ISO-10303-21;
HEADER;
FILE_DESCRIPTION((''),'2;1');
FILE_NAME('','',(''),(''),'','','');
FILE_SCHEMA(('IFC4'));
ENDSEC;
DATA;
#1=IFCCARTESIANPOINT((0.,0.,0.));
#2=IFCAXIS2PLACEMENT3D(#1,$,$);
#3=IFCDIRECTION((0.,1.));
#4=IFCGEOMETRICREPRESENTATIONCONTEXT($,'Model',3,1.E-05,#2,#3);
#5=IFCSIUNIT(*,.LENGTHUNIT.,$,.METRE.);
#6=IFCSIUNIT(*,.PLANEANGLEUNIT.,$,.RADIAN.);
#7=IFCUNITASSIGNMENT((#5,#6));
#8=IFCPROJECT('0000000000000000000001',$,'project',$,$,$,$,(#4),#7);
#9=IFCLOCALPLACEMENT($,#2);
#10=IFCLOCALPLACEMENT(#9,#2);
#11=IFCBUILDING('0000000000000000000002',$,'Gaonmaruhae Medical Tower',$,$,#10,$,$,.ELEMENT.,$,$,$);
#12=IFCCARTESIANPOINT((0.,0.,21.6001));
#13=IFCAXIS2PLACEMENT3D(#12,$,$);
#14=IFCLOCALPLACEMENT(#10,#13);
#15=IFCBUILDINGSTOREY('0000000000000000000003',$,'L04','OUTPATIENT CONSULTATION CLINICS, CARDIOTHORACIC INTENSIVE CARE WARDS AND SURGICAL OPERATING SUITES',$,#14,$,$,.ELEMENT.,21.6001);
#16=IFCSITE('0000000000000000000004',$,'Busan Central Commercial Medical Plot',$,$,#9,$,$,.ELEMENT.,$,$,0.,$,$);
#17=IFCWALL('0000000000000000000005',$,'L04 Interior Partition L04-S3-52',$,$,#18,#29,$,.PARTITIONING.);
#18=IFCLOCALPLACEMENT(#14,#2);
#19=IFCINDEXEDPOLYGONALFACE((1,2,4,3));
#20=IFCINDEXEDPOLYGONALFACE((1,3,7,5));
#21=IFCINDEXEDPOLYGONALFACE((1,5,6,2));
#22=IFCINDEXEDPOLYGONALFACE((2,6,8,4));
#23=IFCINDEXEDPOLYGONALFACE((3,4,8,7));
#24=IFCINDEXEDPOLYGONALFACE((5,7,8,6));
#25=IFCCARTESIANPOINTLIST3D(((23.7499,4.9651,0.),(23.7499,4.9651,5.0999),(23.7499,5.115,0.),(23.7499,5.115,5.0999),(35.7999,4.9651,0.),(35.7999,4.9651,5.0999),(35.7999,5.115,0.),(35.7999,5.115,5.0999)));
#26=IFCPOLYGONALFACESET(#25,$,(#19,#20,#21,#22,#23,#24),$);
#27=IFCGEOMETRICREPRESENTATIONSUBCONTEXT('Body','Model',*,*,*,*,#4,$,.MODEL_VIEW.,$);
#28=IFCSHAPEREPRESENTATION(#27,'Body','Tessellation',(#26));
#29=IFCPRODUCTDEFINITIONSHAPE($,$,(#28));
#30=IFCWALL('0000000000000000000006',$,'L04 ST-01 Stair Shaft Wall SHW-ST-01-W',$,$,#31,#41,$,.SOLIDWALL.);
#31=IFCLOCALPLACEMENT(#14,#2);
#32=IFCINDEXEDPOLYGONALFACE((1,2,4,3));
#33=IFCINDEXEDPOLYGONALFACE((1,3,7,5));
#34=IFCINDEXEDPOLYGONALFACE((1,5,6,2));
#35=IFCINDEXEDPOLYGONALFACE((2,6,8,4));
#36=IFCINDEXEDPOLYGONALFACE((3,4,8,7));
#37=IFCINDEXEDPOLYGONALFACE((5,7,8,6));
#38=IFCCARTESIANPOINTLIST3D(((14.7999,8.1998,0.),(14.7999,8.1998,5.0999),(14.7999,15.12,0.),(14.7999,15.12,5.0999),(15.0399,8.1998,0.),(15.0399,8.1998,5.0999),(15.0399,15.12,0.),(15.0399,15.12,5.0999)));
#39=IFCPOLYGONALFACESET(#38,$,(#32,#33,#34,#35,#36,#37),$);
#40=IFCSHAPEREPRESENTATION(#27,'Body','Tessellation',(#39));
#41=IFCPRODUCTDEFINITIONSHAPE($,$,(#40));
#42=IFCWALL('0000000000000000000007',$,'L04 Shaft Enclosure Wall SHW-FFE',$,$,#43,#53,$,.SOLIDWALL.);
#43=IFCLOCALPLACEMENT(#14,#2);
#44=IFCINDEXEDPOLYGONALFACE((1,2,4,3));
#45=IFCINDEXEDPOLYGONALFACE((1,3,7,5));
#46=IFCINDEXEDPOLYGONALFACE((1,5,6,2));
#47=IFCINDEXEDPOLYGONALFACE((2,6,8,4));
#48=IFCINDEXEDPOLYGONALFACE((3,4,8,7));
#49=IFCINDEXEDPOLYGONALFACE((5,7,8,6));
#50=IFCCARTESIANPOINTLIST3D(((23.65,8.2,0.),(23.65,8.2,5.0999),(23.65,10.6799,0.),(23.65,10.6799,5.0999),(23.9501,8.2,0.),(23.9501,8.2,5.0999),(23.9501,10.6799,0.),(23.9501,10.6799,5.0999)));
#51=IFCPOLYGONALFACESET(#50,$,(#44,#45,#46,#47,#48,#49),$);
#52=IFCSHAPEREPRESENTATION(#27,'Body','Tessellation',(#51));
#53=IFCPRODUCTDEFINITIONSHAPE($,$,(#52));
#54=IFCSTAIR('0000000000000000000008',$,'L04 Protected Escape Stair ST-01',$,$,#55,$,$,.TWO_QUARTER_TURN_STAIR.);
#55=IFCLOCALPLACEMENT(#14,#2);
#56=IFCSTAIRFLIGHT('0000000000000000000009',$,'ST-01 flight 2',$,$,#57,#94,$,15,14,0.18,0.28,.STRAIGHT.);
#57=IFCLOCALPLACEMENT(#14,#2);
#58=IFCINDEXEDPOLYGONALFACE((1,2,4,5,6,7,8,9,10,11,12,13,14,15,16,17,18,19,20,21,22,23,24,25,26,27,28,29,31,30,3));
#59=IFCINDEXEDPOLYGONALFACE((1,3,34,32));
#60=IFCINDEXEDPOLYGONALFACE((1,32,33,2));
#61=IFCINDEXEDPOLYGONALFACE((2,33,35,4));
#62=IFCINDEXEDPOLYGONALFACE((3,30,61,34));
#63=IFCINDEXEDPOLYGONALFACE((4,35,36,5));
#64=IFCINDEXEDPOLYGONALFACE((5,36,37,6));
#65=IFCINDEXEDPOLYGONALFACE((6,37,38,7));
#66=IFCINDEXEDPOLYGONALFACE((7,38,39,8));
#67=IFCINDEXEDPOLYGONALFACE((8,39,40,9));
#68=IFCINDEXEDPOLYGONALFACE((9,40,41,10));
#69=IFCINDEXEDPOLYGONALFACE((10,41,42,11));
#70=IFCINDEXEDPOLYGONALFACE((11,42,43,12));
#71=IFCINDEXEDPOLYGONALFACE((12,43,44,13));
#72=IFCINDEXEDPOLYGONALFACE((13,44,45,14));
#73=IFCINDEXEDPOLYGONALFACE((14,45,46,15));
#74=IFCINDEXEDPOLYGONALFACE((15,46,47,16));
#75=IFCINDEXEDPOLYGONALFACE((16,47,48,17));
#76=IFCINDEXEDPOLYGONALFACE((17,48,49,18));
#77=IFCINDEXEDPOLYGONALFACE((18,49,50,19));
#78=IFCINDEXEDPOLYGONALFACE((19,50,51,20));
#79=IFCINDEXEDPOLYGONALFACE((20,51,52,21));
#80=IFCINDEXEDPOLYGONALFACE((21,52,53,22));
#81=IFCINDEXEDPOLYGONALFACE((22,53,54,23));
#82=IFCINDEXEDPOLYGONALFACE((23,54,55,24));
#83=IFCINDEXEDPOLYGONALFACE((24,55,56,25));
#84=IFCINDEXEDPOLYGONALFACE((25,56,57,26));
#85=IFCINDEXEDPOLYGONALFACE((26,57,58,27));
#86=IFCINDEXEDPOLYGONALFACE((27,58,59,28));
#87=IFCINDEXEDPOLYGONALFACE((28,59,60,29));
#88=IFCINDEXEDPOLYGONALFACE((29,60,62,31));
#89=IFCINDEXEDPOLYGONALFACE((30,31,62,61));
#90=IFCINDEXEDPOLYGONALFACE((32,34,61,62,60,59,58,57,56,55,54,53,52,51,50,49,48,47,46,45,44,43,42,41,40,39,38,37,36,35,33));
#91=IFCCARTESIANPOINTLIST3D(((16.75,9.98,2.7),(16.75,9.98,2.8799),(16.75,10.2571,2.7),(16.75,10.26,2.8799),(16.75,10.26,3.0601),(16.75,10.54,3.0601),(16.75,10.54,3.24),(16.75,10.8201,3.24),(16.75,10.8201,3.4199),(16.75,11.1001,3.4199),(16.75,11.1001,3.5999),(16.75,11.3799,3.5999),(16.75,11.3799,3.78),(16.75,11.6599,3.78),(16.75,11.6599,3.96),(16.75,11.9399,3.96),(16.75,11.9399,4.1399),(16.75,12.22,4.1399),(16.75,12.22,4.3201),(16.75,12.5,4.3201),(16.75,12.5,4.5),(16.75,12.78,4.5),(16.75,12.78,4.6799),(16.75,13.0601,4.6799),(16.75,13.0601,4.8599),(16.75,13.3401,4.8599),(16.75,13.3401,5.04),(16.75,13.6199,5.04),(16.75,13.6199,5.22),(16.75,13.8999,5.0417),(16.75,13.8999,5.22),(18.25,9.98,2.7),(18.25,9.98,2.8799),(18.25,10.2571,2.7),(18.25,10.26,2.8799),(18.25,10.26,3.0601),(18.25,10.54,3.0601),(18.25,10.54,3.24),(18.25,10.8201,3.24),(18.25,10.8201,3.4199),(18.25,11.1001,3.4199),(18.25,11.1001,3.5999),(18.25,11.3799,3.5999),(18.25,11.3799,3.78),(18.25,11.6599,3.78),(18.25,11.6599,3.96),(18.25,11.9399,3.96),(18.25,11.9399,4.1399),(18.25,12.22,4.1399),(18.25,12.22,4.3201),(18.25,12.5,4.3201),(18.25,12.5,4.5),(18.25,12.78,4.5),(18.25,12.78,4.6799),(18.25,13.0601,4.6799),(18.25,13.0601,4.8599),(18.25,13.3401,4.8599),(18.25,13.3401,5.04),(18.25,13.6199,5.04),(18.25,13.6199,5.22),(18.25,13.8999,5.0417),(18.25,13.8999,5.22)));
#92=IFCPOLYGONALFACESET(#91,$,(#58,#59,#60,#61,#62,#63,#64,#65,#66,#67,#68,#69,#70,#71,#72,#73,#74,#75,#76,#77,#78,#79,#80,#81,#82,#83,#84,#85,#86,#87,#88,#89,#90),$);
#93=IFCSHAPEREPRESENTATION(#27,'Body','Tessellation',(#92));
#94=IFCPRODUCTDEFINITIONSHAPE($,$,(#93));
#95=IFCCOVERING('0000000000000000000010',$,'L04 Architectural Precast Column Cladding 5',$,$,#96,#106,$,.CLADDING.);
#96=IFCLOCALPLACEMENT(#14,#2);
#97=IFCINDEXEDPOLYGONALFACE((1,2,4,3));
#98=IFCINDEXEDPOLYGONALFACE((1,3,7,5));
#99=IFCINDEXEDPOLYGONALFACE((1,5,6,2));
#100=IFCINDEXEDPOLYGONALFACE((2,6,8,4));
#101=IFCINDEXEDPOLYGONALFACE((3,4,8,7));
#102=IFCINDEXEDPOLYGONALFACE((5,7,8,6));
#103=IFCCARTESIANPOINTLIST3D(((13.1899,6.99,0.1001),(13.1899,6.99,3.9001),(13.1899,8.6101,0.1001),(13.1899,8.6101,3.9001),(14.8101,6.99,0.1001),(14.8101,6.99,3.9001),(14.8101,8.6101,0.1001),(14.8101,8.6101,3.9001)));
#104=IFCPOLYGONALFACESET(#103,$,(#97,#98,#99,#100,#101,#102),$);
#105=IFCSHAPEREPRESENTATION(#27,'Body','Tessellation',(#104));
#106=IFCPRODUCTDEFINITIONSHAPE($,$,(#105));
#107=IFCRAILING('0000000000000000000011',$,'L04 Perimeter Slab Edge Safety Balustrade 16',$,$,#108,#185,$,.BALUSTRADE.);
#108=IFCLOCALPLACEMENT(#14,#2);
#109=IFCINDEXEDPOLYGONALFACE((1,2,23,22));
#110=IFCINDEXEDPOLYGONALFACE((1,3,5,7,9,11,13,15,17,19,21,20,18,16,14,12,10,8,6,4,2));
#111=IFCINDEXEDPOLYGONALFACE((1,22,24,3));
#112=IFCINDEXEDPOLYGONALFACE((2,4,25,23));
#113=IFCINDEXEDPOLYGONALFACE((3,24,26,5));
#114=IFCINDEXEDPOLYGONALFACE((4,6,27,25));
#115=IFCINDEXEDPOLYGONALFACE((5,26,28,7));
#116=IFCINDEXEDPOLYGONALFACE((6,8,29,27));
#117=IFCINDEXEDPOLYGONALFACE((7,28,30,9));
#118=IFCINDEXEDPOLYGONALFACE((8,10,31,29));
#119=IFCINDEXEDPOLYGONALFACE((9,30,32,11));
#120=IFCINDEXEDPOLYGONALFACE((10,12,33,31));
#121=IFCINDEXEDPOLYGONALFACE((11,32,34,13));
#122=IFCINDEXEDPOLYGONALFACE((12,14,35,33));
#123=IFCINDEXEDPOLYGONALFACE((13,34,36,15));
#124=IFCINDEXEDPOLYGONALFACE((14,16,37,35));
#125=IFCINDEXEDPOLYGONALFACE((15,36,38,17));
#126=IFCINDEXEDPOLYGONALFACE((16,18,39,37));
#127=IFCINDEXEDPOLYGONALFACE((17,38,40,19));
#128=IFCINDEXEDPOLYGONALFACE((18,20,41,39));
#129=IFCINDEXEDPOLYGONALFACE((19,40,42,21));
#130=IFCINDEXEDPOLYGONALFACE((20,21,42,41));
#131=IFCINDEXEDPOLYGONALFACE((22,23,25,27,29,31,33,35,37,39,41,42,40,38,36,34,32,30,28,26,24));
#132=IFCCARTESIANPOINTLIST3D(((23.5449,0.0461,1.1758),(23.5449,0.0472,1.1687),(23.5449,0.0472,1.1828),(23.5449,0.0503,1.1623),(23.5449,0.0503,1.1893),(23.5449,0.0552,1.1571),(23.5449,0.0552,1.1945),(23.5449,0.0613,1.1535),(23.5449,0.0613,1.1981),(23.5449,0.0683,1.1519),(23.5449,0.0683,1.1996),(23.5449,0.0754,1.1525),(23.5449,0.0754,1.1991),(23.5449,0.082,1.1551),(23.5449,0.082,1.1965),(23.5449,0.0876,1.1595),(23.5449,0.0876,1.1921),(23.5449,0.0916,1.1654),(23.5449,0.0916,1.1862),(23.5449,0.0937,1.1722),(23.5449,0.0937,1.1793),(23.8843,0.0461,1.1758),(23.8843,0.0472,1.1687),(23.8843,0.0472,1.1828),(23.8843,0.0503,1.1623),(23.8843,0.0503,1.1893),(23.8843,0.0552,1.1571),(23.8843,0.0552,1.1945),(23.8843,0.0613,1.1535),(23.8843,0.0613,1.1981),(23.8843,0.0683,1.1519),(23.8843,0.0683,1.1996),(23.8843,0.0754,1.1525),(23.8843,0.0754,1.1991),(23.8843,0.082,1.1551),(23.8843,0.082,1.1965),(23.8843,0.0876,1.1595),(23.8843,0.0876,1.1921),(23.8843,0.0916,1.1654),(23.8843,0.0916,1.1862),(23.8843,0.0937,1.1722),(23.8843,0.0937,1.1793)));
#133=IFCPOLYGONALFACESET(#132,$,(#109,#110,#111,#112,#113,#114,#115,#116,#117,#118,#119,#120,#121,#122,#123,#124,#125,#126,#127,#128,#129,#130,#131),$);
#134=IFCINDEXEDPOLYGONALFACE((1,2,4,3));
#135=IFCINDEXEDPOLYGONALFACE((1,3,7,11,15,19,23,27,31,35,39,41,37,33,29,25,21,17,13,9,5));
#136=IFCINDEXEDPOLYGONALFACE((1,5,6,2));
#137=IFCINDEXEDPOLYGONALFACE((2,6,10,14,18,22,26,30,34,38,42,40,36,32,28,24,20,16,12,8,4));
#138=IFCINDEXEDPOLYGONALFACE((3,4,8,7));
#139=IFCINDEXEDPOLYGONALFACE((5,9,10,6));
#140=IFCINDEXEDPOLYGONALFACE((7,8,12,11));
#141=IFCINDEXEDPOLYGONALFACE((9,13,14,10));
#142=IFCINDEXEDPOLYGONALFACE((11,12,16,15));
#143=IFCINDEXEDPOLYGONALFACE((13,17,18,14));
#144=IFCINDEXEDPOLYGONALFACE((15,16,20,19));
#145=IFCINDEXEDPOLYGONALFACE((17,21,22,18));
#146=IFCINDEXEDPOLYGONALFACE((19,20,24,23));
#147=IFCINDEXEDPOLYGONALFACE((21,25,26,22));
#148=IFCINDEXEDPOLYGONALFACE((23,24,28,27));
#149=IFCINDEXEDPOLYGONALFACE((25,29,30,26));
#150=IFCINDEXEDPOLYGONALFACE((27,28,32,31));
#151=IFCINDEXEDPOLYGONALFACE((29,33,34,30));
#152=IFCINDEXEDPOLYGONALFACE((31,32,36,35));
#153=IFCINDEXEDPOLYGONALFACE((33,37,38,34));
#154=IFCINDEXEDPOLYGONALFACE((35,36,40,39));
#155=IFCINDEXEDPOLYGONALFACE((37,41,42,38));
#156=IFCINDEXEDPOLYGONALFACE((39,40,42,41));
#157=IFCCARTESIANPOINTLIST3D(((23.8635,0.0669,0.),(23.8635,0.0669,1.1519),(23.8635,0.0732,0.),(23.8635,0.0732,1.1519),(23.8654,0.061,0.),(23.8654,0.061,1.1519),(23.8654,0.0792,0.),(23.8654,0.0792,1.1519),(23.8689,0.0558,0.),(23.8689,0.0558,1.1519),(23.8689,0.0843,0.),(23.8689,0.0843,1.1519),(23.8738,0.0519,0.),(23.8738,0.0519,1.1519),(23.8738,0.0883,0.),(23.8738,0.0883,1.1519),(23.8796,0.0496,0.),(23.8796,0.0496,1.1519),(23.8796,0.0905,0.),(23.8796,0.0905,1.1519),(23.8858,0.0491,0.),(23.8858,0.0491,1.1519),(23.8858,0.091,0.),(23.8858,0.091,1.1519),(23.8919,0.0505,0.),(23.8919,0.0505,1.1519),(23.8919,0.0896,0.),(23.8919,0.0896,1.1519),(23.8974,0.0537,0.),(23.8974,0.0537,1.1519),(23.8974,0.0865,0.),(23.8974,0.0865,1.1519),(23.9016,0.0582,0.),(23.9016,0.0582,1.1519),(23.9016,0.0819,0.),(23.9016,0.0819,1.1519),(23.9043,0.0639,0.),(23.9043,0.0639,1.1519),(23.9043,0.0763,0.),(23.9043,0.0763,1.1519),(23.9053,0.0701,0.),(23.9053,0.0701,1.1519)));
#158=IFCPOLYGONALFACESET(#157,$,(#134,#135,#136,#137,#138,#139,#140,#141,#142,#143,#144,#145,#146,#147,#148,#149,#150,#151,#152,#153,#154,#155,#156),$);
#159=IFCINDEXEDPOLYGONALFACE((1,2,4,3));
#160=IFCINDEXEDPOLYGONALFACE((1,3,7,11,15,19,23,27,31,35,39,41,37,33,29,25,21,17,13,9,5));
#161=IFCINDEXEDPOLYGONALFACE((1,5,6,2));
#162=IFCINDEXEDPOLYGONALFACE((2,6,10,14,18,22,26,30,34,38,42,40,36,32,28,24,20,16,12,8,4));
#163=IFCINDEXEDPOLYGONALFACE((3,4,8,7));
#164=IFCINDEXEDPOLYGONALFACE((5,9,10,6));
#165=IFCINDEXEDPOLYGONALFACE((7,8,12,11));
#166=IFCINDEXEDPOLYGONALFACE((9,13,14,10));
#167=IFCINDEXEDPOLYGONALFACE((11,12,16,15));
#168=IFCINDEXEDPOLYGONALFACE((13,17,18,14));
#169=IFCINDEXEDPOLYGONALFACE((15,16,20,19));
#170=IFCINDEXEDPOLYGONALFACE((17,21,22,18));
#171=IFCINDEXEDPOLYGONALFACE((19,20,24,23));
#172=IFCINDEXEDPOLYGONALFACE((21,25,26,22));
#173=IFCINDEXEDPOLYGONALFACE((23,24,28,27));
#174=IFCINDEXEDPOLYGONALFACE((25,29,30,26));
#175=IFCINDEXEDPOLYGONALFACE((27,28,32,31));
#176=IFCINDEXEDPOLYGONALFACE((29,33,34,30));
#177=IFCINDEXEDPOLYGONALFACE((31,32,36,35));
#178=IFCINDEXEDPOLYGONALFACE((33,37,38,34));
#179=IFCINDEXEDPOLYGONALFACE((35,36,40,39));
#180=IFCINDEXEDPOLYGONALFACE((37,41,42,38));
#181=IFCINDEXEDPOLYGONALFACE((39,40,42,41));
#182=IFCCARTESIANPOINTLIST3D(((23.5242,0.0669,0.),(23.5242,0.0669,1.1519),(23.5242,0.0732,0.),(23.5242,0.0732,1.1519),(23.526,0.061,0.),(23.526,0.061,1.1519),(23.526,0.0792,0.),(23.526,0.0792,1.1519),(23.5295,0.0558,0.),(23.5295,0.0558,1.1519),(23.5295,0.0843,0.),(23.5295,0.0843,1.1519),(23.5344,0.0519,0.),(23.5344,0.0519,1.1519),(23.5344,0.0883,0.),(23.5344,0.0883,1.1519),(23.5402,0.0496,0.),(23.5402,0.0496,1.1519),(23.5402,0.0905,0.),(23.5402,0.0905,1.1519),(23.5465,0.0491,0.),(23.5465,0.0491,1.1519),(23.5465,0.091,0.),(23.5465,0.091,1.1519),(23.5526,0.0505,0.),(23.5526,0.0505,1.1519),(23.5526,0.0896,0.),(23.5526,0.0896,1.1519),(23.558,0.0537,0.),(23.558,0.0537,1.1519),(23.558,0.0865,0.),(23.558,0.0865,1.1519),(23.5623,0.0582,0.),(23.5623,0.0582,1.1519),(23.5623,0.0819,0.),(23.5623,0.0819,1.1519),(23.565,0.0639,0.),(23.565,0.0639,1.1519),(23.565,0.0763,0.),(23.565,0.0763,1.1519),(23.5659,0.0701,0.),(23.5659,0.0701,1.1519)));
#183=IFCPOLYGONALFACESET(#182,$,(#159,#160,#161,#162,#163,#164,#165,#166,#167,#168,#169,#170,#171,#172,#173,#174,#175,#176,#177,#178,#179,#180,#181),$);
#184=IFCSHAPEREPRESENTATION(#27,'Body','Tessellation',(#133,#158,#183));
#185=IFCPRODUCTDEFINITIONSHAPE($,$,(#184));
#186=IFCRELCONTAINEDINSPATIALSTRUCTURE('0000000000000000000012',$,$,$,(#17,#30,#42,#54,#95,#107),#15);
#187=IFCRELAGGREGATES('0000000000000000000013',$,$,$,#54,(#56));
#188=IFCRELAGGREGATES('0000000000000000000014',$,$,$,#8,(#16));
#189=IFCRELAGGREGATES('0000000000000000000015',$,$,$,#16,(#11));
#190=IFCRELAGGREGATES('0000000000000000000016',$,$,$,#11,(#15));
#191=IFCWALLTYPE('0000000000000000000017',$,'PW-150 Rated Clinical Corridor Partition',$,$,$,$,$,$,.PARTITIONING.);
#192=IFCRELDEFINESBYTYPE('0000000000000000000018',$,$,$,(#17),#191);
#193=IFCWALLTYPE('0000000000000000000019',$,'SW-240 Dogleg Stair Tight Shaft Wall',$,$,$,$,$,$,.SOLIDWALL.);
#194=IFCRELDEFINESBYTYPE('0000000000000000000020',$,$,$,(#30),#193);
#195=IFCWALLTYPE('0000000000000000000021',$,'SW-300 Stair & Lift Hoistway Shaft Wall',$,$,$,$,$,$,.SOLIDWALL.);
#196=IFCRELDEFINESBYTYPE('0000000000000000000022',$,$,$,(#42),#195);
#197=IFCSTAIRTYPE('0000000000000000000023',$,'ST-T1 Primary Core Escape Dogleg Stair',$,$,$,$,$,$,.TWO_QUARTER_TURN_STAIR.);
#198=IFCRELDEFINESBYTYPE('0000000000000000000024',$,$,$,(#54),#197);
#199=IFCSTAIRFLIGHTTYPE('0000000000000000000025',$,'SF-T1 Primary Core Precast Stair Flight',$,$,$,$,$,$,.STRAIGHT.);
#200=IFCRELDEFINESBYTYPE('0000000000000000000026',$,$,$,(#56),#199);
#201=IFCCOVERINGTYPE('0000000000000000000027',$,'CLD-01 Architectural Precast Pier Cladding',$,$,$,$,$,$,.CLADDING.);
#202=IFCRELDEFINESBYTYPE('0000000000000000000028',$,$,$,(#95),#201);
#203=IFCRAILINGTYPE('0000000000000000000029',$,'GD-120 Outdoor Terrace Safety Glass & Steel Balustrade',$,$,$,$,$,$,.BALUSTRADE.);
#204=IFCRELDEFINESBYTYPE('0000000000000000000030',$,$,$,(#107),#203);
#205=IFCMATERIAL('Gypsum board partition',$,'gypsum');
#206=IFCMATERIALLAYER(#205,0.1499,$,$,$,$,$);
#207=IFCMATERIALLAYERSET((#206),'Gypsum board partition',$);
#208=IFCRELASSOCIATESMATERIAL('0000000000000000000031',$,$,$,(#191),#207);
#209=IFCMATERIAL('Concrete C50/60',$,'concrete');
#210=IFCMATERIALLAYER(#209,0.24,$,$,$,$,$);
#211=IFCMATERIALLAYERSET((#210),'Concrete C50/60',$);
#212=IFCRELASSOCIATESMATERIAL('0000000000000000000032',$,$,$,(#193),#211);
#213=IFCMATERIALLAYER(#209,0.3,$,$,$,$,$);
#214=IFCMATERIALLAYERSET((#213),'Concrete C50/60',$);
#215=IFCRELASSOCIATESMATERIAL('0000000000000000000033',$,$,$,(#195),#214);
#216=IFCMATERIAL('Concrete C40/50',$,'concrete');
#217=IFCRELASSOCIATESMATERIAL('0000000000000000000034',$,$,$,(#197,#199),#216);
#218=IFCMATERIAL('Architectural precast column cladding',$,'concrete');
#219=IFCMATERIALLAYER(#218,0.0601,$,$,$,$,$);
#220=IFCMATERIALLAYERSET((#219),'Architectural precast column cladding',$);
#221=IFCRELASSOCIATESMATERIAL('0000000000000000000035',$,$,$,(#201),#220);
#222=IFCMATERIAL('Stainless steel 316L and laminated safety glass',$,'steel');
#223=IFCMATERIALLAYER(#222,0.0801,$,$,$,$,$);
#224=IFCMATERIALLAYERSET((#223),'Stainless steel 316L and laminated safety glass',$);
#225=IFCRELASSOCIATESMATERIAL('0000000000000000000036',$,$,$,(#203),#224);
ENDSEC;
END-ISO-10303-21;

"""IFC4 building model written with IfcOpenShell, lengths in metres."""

from ifc_helpers import new_model, si_unit, direction, frame, frame_2d, origin, origin_2d, place, context, subcontext, project, spatial, polyline, rectangle, circle, outline, extrude, material, layer, layer_set, type_object, element, aggregate, save


model = new_model("IFC4")

# Units and contexts
model_context = context("Model", 3, precision=1e-05, world=origin(), true_north=direction((0.0, 1.0)))
body_context = subcontext(model_context, "Body", "Model", "MODEL_VIEW")
ifc_project = project(units=[si_unit("LENGTHUNIT", "METRE"), si_unit("PLANEANGLEUNIT", "RADIAN")], contexts=[model_context])

# Site, building, storey
site_placement = place(None, origin())
site = spatial("IfcSite", under=ifc_project, at=site_placement, Name="Busan Central Commercial Medical Plot", CompositionType="ELEMENT", RefElevation=0.0)
building_placement = place(site_placement, origin())
building = spatial("IfcBuilding", under=site, at=building_placement, Name="Gaonmaruhae Medical Tower", CompositionType="ELEMENT")
storey_placement = place(building_placement, frame((0.0, 0.0, 21.6001)))
storey = spatial("IfcBuildingStorey", under=building, at=storey_placement, Name="L04", Description="OUTPATIENT CONSULTATION CLINICS, CARDIOTHORACIC INTENSIVE CARE WARDS AND SURGICAL OPERATING SUITES", CompositionType="ELEMENT", Elevation=21.6001)

# Shared definitions
ifc_material_1 = material(Name="Concrete C50/60", Category="concrete")

# Shared definitions
ifc_material_2 = material(Name="Gypsum board partition", Category="gypsum")
ifc_layer_1 = layer(ifc_material_2, 0.1499)
ifc_layer_set_1 = layer_set([ifc_layer_1], Name="Gypsum board partition")
wall_type_1 = type_object("IfcWallType", Name="PW-150 Rated Clinical Corridor Partition", PredefinedType="PARTITIONING", material=ifc_layer_set_1)

# Walls
wall_1_placement = place(storey_placement, frame((23.75, 5.04, 0.0), z_axis=(0.0, 0.0, 1.0), x_axis=(1.0, 0.0, 0.0)))
element("IfcWall", 1, at=wall_1_placement, inside=storey, type_object=wall_type_1, Name="L04 Interior Partition L04-S3-52", PredefinedType="PARTITIONING", context=body_context, shape_type="SweptSolid", body=[
    extrude(rectangle(XDim=12.05, YDim=0.1499, at=frame_2d((6.0249, 0.0))), origin(), (0.0, 0.0, 1.0), 5.0999),
])
ifc_layer_2 = layer(ifc_material_1, 0.24)
ifc_layer_set_2 = layer_set([ifc_layer_2], Name="Concrete C50/60")
wall_type_2 = type_object("IfcWallType", Name="SW-240 Dogleg Stair Tight Shaft Wall", PredefinedType="SOLIDWALL", material=ifc_layer_set_2)
wall_2_placement = place(storey_placement, frame((14.9199, 8.2, 0.0), z_axis=(0.0, 0.0, 1.0), x_axis=(0.0, 1.0, 0.0)))
element("IfcWall", 2, at=wall_2_placement, inside=storey, type_object=wall_type_2, Name="L04 ST-01 Stair Shaft Wall SHW-ST-01-W", PredefinedType="SOLIDWALL", context=body_context, shape_type="SweptSolid", body=[
    extrude(rectangle(XDim=6.9202, YDim=0.24, at=frame_2d((3.46, 0.0))), origin(), (0.0, 0.0, 1.0), 5.0999),
])
ifc_layer_3 = layer(ifc_material_1, 0.3)
ifc_layer_set_3 = layer_set([ifc_layer_3], Name="Concrete C50/60")
wall_type_3 = type_object("IfcWallType", Name="SW-300 Stair & Lift Hoistway Shaft Wall", PredefinedType="SOLIDWALL", material=ifc_layer_set_3)
wall_3_placement = place(storey_placement, frame((23.8, 8.2, 0.0), z_axis=(0.0, 0.0, 1.0), x_axis=(0.0, 1.0, 0.0)))
element("IfcWall", 3, at=wall_3_placement, inside=storey, type_object=wall_type_3, Name="L04 Shaft Enclosure Wall SHW-FFE", PredefinedType="SOLIDWALL", context=body_context, shape_type="SweptSolid", body=[
    extrude(rectangle(XDim=2.48, YDim=0.3, at=frame_2d((1.24, 0.0))), origin(), (0.0, 0.0, 1.0), 5.0999),
])

# Stair, stair flight
ifc_material_3 = material(Name="Concrete C40/50", Category="concrete")
stair_type = type_object("IfcStairType", Name="ST-T1 Primary Core Escape Dogleg Stair", PredefinedType="TWO_QUARTER_TURN_STAIR", material=ifc_material_3)
stair_placement = place(storey_placement, origin())
stair = element("IfcStair", 4, at=stair_placement, inside=storey, type_object=stair_type, Name="L04 Protected Escape Stair ST-01", PredefinedType="TWO_QUARTER_TURN_STAIR")
stair_flight_type = type_object("IfcStairFlightType", Name="SF-T1 Primary Core Precast Stair Flight", PredefinedType="STRAIGHT", material=ifc_material_3)
stair_flight_placement = place(storey_placement, frame((17.5, 9.98, 2.7), z_axis=(0.0, 0.0, 1.0), x_axis=(0.0, 1.0, 0.0)))
stair_flight = element("IfcStairFlight", 5, at=stair_flight_placement, type_object=stair_flight_type, Name="ST-01 flight 2", NumberOfRisers=15, NumberOfTreads=14, PredefinedType="STRAIGHT", RiserHeight=0.18, TreadLength=0.28, context=body_context, shape_type="SweptSolid", body=[
    extrude(outline(polyline([(0.0, 0.0), (0.0, 0.1799), (0.28, 0.1799), (0.28, 0.3601), (0.5601, 0.3601), (0.5601, 0.54), (0.8401, 0.54), (0.8401, 0.72), (1.1201, 0.72), (1.1201, 0.8999), (1.3999, 0.8999), (1.3999, 1.0801), (1.6799, 1.0801), (1.6799, 1.26), (1.96, 1.26), (1.96, 1.4399), (2.24, 1.4399), (2.24, 1.6201), (2.52, 1.6201), (2.52, 1.8), (2.8, 1.8), (2.8, 1.98), (3.0801, 1.98), (3.0801, 2.1599), (3.3601, 2.1599), (3.3601, 2.3401), (3.6399, 2.3401), (3.6399, 2.52), (3.9199, 2.52), (3.9199, 2.7), (3.9199, 2.3418), (0.2771, 0.0), (0.0, 0.0)])), frame((0.0, 0.75, 0.0), z_axis=(0.0, -1.0, 0.0), x_axis=(1.0, 0.0, 0.0)), (0.0, 0.0, 1.0), 1.5),
])
aggregate(stair, [stair_flight])

# Covering
ifc_material_4 = material(Name="Architectural precast column cladding", Category="concrete")
ifc_layer_4 = layer(ifc_material_4, 0.0601)
ifc_layer_set_4 = layer_set([ifc_layer_4], Name="Architectural precast column cladding")
covering_type = type_object("IfcCoveringType", Name="CLD-01 Architectural Precast Pier Cladding", PredefinedType="CLADDING", material=ifc_layer_set_4)
covering_placement = place(storey_placement, frame((14.0, 7.8, 0.1001), z_axis=(0.0, 0.0, 1.0), x_axis=(1.0, 0.0, 0.0)))
element("IfcCovering", 6, at=covering_placement, inside=storey, type_object=covering_type, Name="L04 Architectural Precast Column Cladding 5", PredefinedType="CLADDING", context=body_context, shape_type="SweptSolid", body=[
    extrude(rectangle(XDim=1.6201, YDim=1.6201, at=origin_2d()), origin(), (0.0, 0.0, 1.0), 3.8),
])

# Railing
ifc_material_5 = material(Name="Stainless steel 316L and laminated safety glass", Category="steel")
ifc_layer_5 = layer(ifc_material_5, 0.0801)
ifc_layer_set_5 = layer_set([ifc_layer_5], Name="Stainless steel 316L and laminated safety glass")
railing_type_1 = type_object("IfcRailingType", Name="GD-120 Outdoor Terrace Safety Glass & Steel Balustrade", PredefinedType="BALUSTRADE", material=ifc_layer_set_5)
railing_1_placement = place(storey_placement, frame((23.8843, 0.0701, 0.0)))
element("IfcRailing", 7, at=railing_1_placement, inside=storey, type_object=railing_type_1, Name="L04 Perimeter Slab Edge Safety Balustrade 16", PredefinedType="BALUSTRADE", context=body_context, shape_type="SweptSolid", body=[
    extrude(circle(Radius=0.0239, at=origin_2d()), frame((0.0, 0.0, 1.1758), z_axis=(-1.0, 0.0, 0.0), x_axis=(0.0, -1.0, 0.0)), (0.0, 0.0, 1.0), 0.3394),
    extrude(circle(Radius=0.021, at=origin_2d()), origin(), (0.0, 0.0, 1.0), 1.1519),
    extrude(circle(Radius=0.021, at=origin_2d()), frame((-0.3394, 0.0, 0.0)), (0.0, 0.0, 1.0), 1.1519),
])

save(model, "model.ifc")
